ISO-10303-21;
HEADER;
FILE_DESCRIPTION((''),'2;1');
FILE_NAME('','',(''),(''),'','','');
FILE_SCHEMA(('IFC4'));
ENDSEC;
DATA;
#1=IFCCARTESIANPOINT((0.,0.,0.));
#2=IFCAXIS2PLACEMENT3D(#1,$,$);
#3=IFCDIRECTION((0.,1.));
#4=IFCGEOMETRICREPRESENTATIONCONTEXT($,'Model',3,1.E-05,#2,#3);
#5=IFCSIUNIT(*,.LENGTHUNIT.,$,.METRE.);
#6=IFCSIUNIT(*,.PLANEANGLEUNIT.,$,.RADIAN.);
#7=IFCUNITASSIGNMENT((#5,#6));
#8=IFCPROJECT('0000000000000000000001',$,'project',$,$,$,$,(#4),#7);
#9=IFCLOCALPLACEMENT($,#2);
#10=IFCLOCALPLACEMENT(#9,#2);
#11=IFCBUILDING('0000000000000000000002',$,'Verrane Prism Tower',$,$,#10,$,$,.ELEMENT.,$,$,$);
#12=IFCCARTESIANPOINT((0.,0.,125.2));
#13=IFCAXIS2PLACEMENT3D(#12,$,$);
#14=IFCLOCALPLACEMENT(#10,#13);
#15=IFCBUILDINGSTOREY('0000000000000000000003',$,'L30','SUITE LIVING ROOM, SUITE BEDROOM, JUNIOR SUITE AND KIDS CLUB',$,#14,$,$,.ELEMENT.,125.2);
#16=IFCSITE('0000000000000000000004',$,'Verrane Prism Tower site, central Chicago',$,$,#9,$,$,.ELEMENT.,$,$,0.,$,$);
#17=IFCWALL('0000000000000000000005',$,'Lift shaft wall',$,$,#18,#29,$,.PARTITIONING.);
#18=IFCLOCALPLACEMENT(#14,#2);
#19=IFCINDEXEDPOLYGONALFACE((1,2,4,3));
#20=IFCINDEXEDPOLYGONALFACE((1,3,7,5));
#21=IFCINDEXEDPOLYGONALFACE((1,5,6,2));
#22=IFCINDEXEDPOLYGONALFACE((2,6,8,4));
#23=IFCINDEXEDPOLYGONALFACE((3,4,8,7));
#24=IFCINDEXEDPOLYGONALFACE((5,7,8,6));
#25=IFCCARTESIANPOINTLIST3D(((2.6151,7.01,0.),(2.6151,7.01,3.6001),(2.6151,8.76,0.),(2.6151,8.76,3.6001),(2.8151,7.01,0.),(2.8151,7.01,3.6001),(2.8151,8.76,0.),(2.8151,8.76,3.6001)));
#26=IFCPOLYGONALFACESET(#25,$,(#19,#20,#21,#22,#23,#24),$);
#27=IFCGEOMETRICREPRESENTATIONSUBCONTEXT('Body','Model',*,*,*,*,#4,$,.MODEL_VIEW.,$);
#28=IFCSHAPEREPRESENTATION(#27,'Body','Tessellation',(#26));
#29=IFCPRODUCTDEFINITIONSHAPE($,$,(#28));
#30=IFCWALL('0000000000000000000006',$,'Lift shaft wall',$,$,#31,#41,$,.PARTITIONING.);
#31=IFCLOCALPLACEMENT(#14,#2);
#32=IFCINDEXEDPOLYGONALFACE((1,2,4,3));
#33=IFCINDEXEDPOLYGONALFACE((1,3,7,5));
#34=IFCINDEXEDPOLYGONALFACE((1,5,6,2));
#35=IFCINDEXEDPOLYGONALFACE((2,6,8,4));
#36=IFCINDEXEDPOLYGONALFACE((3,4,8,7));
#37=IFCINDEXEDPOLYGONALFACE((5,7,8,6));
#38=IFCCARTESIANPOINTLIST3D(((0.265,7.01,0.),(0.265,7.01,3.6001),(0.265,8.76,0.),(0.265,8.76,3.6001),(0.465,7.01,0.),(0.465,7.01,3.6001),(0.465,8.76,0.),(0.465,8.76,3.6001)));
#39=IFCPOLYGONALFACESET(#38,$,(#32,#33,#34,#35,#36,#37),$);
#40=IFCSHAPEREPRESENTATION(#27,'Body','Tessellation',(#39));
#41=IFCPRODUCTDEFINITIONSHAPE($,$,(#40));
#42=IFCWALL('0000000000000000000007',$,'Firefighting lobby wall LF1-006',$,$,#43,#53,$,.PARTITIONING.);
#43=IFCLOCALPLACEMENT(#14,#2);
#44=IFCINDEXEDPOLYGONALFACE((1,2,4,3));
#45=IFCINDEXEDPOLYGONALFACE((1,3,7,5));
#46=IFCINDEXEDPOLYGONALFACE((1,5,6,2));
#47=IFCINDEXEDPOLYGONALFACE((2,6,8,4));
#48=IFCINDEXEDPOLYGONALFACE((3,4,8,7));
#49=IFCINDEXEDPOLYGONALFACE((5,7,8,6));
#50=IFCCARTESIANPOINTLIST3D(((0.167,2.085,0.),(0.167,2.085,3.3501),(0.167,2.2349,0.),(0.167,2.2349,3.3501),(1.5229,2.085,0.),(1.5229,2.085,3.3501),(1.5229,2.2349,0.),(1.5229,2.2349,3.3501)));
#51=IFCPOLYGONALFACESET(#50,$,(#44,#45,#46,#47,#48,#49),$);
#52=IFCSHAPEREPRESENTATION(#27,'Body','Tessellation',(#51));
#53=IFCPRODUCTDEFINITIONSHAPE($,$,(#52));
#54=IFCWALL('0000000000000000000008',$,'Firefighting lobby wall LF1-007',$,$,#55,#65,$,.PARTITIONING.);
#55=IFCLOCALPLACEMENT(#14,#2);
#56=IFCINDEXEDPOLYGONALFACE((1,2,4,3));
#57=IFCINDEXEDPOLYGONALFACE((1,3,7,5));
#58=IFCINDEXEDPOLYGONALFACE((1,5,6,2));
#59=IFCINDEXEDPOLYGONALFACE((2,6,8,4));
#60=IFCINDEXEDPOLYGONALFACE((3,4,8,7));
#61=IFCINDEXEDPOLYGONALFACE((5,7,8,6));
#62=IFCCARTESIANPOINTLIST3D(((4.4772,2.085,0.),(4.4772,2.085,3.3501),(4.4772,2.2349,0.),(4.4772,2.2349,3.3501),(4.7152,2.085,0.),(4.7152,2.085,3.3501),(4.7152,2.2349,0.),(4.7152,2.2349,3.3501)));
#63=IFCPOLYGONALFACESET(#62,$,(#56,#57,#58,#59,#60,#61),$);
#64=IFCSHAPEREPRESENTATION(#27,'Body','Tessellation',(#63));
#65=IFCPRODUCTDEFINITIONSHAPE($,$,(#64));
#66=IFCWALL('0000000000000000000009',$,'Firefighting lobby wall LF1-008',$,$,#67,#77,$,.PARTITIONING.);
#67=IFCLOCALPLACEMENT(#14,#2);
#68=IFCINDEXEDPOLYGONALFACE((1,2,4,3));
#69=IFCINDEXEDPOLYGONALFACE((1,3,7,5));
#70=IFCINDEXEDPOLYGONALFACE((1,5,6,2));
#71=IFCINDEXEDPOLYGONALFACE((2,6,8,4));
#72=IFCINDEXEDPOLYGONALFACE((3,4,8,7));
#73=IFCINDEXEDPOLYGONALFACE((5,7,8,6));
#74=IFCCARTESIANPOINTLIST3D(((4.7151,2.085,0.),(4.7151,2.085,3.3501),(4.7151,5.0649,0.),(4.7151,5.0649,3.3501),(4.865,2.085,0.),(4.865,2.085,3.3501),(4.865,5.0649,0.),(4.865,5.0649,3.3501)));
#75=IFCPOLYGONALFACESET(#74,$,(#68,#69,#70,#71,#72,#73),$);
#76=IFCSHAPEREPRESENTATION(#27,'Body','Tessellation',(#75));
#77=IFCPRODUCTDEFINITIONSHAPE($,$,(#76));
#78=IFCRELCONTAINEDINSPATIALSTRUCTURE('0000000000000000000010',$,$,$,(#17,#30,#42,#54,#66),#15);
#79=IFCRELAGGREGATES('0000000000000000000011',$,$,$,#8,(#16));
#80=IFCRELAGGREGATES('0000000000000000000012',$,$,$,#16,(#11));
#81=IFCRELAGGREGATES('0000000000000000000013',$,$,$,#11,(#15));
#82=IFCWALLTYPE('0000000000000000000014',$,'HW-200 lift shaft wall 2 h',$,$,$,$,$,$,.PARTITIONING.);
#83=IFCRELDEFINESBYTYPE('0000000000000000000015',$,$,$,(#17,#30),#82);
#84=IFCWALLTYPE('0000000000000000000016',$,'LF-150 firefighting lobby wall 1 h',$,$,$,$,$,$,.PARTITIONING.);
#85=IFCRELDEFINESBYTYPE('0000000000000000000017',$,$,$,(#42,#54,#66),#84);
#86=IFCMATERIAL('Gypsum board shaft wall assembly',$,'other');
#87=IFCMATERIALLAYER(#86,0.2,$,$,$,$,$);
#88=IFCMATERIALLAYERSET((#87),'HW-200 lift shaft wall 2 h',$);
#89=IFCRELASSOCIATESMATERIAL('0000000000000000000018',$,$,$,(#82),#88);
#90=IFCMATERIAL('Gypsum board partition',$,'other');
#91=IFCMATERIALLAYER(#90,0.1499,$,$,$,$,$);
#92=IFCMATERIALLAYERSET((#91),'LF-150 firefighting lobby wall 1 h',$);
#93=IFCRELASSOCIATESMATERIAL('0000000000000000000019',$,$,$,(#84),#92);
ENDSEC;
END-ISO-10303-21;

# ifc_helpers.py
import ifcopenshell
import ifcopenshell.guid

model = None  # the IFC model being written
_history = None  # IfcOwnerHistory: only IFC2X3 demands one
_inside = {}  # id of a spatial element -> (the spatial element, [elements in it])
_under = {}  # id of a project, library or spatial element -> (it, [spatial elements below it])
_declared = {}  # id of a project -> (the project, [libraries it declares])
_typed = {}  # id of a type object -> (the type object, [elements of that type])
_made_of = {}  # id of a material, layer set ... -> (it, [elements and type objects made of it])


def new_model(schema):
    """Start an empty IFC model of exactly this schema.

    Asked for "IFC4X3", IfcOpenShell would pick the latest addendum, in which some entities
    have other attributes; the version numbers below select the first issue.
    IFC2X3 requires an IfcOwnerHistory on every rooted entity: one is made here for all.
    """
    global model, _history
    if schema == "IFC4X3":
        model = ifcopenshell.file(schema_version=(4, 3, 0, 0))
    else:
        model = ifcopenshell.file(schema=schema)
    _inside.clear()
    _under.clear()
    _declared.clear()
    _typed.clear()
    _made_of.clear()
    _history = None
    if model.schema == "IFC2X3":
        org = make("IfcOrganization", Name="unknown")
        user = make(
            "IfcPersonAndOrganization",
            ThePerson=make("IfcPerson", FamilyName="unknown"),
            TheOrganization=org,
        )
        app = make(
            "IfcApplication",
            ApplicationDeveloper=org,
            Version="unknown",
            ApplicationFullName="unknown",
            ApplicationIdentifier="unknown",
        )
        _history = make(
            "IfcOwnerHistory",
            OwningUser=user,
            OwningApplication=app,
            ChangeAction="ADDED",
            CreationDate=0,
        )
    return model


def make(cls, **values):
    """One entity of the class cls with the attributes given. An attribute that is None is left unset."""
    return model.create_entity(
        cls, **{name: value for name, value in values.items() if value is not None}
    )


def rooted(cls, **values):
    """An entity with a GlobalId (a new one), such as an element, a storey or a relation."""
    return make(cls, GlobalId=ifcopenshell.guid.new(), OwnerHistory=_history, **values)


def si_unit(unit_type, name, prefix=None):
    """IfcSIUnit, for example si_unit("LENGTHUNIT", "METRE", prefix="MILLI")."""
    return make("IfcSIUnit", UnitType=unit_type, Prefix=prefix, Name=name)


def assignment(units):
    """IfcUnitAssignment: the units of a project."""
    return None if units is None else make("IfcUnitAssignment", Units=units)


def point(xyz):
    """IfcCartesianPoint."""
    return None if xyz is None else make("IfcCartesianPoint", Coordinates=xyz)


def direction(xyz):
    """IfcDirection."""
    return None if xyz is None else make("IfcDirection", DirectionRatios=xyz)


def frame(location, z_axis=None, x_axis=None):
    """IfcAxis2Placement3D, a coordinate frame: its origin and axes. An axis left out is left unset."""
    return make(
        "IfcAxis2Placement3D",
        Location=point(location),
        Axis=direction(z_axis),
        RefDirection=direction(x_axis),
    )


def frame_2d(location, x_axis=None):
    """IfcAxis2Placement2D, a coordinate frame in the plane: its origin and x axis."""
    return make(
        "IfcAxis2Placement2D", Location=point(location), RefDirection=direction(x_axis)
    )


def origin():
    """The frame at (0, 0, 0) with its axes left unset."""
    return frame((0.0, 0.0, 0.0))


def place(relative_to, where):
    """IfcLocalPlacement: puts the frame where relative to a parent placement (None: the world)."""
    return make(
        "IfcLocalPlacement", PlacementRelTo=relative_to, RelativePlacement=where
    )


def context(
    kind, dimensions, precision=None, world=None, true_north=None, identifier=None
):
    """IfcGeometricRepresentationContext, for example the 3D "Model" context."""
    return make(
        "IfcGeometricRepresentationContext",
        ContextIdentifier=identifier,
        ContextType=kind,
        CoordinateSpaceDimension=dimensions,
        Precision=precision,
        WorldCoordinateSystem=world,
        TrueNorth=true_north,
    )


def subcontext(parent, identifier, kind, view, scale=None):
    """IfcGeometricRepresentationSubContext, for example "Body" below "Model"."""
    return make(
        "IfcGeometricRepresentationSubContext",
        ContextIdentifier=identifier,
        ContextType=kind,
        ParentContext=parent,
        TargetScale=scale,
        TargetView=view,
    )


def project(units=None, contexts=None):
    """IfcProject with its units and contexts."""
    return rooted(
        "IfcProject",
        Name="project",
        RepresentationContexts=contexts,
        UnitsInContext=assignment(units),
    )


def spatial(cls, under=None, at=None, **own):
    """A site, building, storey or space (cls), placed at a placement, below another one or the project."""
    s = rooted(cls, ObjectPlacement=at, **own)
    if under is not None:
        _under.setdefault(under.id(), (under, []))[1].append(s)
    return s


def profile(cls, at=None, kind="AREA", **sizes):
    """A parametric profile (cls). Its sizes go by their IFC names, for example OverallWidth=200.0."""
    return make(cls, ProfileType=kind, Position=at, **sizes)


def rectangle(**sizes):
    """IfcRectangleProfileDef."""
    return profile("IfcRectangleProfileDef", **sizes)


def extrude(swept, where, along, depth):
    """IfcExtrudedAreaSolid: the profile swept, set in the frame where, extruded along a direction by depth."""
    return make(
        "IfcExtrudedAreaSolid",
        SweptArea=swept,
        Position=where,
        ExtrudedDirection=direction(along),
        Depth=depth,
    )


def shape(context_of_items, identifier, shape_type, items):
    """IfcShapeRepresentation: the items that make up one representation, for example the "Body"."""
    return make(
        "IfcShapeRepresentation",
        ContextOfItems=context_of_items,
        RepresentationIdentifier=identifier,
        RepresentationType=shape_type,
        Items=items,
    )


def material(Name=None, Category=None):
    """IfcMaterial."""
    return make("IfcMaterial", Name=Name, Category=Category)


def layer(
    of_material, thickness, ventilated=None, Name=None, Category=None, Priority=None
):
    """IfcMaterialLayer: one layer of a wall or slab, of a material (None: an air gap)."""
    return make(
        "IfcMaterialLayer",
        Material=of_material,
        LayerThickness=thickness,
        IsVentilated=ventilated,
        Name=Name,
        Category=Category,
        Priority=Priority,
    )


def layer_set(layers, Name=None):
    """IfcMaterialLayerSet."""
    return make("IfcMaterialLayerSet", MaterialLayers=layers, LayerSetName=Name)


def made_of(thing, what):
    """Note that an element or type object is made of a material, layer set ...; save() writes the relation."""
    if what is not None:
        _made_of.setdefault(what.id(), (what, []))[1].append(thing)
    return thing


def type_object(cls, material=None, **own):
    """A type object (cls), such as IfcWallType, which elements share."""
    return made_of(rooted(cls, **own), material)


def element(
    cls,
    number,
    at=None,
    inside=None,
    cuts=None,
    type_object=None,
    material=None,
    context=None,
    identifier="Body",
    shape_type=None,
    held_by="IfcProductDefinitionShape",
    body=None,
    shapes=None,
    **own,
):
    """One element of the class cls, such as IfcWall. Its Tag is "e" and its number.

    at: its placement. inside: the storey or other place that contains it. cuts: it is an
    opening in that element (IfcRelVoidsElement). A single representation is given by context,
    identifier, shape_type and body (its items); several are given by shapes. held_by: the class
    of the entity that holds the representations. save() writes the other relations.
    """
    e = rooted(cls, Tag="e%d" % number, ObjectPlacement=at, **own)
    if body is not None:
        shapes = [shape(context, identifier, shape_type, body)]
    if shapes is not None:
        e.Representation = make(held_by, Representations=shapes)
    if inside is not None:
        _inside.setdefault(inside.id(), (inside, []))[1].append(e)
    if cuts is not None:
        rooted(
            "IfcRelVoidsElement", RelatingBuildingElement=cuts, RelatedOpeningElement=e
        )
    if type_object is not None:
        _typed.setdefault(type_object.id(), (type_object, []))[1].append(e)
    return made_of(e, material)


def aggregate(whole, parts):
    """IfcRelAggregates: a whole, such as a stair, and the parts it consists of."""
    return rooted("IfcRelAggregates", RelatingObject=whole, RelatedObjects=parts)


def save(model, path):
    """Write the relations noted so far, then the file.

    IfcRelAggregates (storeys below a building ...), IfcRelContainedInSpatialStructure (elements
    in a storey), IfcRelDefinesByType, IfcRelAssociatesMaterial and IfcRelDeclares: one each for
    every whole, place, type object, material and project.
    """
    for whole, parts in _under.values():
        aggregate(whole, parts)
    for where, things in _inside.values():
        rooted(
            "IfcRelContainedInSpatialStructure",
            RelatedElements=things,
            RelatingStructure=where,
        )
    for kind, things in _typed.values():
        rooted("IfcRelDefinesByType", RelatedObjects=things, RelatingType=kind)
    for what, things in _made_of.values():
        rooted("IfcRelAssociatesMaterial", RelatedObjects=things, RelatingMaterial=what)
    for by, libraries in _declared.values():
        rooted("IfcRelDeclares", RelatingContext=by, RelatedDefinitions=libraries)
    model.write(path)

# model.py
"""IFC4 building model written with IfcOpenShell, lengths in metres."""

from ifc_helpers import new_model, si_unit, direction, frame, frame_2d, origin, place, context, subcontext, project, spatial, rectangle, extrude, material, layer, layer_set, type_object, element, save


model = new_model("IFC4")

# Units and contexts
model_context = context("Model", 3, precision=1e-05, world=origin(), true_north=direction((0.0, 1.0)))
body_context = subcontext(model_context, "Body", "Model", "MODEL_VIEW")
ifc_project = project(units=[si_unit("LENGTHUNIT", "METRE"), si_unit("PLANEANGLEUNIT", "RADIAN")], contexts=[model_context])

# Site, building, storey
site_placement = place(None, origin())
site = spatial("IfcSite", under=ifc_project, at=site_placement, Name="Verrane Prism Tower site, central Chicago", CompositionType="ELEMENT", RefElevation=0.0)
building_placement = place(site_placement, origin())
building = spatial("IfcBuilding", under=site, at=building_placement, Name="Verrane Prism Tower", CompositionType="ELEMENT")
storey_placement = place(building_placement, frame((0.0, 0.0, 125.2)))
storey = spatial("IfcBuildingStorey", under=building, at=storey_placement, Name="L30", Description="SUITE LIVING ROOM, SUITE BEDROOM, JUNIOR SUITE AND KIDS CLUB", CompositionType="ELEMENT", Elevation=125.2)

# Shared definitions
ifc_material_1 = material(Name="Gypsum board shaft wall assembly", Category="other")
ifc_layer_1 = layer(ifc_material_1, 0.2)
ifc_layer_set_1 = layer_set([ifc_layer_1], Name="HW-200 lift shaft wall 2 h")
wall_type_1 = type_object("IfcWallType", Name="HW-200 lift shaft wall 2 h", PredefinedType="PARTITIONING", material=ifc_layer_set_1)

# Walls
for number, where, z_axis, x_axis, name in (
    (1, (2.7151, 7.01, 0.0), (0.0, 0.0, 1.0), (0.0, 1.0, 0.0), "Lift shaft wall"),
    (2, (0.365, 7.01, 0.0), (0.0, 0.0, 1.0), (0.0, 1.0, 0.0), "Lift shaft wall"),
):
    element("IfcWall", number, at=place(storey_placement, frame(where, z_axis=z_axis, x_axis=x_axis)), inside=storey, type_object=wall_type_1, Name=name, PredefinedType="PARTITIONING", context=body_context, shape_type="SweptSolid", body=[
        extrude(rectangle(XDim=1.75, YDim=0.2, at=frame_2d((0.875, 0.0))), origin(), (0.0, 0.0, 1.0), 3.6001),
    ])
ifc_material_2 = material(Name="Gypsum board partition", Category="other")
ifc_layer_2 = layer(ifc_material_2, 0.1499)
ifc_layer_set_2 = layer_set([ifc_layer_2], Name="LF-150 firefighting lobby wall 1 h")
wall_type_2 = type_object("IfcWallType", Name="LF-150 firefighting lobby wall 1 h", PredefinedType="PARTITIONING", material=ifc_layer_set_2)
wall_1_placement = place(storey_placement, frame((0.167, 2.1599, 0.0), z_axis=(0.0, 0.0, 1.0), x_axis=(1.0, 0.0, 0.0)))
element("IfcWall", 3, at=wall_1_placement, inside=storey, type_object=wall_type_2, Name="Firefighting lobby wall LF1-006", PredefinedType="PARTITIONING", context=body_context, shape_type="SweptSolid", body=[
    extrude(rectangle(XDim=1.356, YDim=0.1499, at=frame_2d((0.678, 0.0))), origin(), (0.0, 0.0, 1.0), 3.3501),
])
wall_2_placement = place(storey_placement, frame((4.4771, 2.1599, 0.0), z_axis=(0.0, 0.0, 1.0), x_axis=(1.0, 0.0, 0.0)))
element("IfcWall", 4, at=wall_2_placement, inside=storey, type_object=wall_type_2, Name="Firefighting lobby wall LF1-007", PredefinedType="PARTITIONING", context=body_context, shape_type="SweptSolid", body=[
    extrude(rectangle(XDim=0.238, YDim=0.1499, at=frame_2d((0.1191, 0.0))), origin(), (0.0, 0.0, 1.0), 3.3501),
])
wall_3_placement = place(storey_placement, frame((4.79, 2.085, 0.0), z_axis=(0.0, 0.0, 1.0), x_axis=(0.0, 1.0, 0.0)))
element("IfcWall", 5, at=wall_3_placement, inside=storey, type_object=wall_type_2, Name="Firefighting lobby wall LF1-008", PredefinedType="PARTITIONING", context=body_context, shape_type="SweptSolid", body=[
    extrude(rectangle(XDim=2.98, YDim=0.1499, at=frame_2d((1.49, 0.0))), origin(), (0.0, 0.0, 1.0), 3.3501),
])

save(model, "model.ifc")
